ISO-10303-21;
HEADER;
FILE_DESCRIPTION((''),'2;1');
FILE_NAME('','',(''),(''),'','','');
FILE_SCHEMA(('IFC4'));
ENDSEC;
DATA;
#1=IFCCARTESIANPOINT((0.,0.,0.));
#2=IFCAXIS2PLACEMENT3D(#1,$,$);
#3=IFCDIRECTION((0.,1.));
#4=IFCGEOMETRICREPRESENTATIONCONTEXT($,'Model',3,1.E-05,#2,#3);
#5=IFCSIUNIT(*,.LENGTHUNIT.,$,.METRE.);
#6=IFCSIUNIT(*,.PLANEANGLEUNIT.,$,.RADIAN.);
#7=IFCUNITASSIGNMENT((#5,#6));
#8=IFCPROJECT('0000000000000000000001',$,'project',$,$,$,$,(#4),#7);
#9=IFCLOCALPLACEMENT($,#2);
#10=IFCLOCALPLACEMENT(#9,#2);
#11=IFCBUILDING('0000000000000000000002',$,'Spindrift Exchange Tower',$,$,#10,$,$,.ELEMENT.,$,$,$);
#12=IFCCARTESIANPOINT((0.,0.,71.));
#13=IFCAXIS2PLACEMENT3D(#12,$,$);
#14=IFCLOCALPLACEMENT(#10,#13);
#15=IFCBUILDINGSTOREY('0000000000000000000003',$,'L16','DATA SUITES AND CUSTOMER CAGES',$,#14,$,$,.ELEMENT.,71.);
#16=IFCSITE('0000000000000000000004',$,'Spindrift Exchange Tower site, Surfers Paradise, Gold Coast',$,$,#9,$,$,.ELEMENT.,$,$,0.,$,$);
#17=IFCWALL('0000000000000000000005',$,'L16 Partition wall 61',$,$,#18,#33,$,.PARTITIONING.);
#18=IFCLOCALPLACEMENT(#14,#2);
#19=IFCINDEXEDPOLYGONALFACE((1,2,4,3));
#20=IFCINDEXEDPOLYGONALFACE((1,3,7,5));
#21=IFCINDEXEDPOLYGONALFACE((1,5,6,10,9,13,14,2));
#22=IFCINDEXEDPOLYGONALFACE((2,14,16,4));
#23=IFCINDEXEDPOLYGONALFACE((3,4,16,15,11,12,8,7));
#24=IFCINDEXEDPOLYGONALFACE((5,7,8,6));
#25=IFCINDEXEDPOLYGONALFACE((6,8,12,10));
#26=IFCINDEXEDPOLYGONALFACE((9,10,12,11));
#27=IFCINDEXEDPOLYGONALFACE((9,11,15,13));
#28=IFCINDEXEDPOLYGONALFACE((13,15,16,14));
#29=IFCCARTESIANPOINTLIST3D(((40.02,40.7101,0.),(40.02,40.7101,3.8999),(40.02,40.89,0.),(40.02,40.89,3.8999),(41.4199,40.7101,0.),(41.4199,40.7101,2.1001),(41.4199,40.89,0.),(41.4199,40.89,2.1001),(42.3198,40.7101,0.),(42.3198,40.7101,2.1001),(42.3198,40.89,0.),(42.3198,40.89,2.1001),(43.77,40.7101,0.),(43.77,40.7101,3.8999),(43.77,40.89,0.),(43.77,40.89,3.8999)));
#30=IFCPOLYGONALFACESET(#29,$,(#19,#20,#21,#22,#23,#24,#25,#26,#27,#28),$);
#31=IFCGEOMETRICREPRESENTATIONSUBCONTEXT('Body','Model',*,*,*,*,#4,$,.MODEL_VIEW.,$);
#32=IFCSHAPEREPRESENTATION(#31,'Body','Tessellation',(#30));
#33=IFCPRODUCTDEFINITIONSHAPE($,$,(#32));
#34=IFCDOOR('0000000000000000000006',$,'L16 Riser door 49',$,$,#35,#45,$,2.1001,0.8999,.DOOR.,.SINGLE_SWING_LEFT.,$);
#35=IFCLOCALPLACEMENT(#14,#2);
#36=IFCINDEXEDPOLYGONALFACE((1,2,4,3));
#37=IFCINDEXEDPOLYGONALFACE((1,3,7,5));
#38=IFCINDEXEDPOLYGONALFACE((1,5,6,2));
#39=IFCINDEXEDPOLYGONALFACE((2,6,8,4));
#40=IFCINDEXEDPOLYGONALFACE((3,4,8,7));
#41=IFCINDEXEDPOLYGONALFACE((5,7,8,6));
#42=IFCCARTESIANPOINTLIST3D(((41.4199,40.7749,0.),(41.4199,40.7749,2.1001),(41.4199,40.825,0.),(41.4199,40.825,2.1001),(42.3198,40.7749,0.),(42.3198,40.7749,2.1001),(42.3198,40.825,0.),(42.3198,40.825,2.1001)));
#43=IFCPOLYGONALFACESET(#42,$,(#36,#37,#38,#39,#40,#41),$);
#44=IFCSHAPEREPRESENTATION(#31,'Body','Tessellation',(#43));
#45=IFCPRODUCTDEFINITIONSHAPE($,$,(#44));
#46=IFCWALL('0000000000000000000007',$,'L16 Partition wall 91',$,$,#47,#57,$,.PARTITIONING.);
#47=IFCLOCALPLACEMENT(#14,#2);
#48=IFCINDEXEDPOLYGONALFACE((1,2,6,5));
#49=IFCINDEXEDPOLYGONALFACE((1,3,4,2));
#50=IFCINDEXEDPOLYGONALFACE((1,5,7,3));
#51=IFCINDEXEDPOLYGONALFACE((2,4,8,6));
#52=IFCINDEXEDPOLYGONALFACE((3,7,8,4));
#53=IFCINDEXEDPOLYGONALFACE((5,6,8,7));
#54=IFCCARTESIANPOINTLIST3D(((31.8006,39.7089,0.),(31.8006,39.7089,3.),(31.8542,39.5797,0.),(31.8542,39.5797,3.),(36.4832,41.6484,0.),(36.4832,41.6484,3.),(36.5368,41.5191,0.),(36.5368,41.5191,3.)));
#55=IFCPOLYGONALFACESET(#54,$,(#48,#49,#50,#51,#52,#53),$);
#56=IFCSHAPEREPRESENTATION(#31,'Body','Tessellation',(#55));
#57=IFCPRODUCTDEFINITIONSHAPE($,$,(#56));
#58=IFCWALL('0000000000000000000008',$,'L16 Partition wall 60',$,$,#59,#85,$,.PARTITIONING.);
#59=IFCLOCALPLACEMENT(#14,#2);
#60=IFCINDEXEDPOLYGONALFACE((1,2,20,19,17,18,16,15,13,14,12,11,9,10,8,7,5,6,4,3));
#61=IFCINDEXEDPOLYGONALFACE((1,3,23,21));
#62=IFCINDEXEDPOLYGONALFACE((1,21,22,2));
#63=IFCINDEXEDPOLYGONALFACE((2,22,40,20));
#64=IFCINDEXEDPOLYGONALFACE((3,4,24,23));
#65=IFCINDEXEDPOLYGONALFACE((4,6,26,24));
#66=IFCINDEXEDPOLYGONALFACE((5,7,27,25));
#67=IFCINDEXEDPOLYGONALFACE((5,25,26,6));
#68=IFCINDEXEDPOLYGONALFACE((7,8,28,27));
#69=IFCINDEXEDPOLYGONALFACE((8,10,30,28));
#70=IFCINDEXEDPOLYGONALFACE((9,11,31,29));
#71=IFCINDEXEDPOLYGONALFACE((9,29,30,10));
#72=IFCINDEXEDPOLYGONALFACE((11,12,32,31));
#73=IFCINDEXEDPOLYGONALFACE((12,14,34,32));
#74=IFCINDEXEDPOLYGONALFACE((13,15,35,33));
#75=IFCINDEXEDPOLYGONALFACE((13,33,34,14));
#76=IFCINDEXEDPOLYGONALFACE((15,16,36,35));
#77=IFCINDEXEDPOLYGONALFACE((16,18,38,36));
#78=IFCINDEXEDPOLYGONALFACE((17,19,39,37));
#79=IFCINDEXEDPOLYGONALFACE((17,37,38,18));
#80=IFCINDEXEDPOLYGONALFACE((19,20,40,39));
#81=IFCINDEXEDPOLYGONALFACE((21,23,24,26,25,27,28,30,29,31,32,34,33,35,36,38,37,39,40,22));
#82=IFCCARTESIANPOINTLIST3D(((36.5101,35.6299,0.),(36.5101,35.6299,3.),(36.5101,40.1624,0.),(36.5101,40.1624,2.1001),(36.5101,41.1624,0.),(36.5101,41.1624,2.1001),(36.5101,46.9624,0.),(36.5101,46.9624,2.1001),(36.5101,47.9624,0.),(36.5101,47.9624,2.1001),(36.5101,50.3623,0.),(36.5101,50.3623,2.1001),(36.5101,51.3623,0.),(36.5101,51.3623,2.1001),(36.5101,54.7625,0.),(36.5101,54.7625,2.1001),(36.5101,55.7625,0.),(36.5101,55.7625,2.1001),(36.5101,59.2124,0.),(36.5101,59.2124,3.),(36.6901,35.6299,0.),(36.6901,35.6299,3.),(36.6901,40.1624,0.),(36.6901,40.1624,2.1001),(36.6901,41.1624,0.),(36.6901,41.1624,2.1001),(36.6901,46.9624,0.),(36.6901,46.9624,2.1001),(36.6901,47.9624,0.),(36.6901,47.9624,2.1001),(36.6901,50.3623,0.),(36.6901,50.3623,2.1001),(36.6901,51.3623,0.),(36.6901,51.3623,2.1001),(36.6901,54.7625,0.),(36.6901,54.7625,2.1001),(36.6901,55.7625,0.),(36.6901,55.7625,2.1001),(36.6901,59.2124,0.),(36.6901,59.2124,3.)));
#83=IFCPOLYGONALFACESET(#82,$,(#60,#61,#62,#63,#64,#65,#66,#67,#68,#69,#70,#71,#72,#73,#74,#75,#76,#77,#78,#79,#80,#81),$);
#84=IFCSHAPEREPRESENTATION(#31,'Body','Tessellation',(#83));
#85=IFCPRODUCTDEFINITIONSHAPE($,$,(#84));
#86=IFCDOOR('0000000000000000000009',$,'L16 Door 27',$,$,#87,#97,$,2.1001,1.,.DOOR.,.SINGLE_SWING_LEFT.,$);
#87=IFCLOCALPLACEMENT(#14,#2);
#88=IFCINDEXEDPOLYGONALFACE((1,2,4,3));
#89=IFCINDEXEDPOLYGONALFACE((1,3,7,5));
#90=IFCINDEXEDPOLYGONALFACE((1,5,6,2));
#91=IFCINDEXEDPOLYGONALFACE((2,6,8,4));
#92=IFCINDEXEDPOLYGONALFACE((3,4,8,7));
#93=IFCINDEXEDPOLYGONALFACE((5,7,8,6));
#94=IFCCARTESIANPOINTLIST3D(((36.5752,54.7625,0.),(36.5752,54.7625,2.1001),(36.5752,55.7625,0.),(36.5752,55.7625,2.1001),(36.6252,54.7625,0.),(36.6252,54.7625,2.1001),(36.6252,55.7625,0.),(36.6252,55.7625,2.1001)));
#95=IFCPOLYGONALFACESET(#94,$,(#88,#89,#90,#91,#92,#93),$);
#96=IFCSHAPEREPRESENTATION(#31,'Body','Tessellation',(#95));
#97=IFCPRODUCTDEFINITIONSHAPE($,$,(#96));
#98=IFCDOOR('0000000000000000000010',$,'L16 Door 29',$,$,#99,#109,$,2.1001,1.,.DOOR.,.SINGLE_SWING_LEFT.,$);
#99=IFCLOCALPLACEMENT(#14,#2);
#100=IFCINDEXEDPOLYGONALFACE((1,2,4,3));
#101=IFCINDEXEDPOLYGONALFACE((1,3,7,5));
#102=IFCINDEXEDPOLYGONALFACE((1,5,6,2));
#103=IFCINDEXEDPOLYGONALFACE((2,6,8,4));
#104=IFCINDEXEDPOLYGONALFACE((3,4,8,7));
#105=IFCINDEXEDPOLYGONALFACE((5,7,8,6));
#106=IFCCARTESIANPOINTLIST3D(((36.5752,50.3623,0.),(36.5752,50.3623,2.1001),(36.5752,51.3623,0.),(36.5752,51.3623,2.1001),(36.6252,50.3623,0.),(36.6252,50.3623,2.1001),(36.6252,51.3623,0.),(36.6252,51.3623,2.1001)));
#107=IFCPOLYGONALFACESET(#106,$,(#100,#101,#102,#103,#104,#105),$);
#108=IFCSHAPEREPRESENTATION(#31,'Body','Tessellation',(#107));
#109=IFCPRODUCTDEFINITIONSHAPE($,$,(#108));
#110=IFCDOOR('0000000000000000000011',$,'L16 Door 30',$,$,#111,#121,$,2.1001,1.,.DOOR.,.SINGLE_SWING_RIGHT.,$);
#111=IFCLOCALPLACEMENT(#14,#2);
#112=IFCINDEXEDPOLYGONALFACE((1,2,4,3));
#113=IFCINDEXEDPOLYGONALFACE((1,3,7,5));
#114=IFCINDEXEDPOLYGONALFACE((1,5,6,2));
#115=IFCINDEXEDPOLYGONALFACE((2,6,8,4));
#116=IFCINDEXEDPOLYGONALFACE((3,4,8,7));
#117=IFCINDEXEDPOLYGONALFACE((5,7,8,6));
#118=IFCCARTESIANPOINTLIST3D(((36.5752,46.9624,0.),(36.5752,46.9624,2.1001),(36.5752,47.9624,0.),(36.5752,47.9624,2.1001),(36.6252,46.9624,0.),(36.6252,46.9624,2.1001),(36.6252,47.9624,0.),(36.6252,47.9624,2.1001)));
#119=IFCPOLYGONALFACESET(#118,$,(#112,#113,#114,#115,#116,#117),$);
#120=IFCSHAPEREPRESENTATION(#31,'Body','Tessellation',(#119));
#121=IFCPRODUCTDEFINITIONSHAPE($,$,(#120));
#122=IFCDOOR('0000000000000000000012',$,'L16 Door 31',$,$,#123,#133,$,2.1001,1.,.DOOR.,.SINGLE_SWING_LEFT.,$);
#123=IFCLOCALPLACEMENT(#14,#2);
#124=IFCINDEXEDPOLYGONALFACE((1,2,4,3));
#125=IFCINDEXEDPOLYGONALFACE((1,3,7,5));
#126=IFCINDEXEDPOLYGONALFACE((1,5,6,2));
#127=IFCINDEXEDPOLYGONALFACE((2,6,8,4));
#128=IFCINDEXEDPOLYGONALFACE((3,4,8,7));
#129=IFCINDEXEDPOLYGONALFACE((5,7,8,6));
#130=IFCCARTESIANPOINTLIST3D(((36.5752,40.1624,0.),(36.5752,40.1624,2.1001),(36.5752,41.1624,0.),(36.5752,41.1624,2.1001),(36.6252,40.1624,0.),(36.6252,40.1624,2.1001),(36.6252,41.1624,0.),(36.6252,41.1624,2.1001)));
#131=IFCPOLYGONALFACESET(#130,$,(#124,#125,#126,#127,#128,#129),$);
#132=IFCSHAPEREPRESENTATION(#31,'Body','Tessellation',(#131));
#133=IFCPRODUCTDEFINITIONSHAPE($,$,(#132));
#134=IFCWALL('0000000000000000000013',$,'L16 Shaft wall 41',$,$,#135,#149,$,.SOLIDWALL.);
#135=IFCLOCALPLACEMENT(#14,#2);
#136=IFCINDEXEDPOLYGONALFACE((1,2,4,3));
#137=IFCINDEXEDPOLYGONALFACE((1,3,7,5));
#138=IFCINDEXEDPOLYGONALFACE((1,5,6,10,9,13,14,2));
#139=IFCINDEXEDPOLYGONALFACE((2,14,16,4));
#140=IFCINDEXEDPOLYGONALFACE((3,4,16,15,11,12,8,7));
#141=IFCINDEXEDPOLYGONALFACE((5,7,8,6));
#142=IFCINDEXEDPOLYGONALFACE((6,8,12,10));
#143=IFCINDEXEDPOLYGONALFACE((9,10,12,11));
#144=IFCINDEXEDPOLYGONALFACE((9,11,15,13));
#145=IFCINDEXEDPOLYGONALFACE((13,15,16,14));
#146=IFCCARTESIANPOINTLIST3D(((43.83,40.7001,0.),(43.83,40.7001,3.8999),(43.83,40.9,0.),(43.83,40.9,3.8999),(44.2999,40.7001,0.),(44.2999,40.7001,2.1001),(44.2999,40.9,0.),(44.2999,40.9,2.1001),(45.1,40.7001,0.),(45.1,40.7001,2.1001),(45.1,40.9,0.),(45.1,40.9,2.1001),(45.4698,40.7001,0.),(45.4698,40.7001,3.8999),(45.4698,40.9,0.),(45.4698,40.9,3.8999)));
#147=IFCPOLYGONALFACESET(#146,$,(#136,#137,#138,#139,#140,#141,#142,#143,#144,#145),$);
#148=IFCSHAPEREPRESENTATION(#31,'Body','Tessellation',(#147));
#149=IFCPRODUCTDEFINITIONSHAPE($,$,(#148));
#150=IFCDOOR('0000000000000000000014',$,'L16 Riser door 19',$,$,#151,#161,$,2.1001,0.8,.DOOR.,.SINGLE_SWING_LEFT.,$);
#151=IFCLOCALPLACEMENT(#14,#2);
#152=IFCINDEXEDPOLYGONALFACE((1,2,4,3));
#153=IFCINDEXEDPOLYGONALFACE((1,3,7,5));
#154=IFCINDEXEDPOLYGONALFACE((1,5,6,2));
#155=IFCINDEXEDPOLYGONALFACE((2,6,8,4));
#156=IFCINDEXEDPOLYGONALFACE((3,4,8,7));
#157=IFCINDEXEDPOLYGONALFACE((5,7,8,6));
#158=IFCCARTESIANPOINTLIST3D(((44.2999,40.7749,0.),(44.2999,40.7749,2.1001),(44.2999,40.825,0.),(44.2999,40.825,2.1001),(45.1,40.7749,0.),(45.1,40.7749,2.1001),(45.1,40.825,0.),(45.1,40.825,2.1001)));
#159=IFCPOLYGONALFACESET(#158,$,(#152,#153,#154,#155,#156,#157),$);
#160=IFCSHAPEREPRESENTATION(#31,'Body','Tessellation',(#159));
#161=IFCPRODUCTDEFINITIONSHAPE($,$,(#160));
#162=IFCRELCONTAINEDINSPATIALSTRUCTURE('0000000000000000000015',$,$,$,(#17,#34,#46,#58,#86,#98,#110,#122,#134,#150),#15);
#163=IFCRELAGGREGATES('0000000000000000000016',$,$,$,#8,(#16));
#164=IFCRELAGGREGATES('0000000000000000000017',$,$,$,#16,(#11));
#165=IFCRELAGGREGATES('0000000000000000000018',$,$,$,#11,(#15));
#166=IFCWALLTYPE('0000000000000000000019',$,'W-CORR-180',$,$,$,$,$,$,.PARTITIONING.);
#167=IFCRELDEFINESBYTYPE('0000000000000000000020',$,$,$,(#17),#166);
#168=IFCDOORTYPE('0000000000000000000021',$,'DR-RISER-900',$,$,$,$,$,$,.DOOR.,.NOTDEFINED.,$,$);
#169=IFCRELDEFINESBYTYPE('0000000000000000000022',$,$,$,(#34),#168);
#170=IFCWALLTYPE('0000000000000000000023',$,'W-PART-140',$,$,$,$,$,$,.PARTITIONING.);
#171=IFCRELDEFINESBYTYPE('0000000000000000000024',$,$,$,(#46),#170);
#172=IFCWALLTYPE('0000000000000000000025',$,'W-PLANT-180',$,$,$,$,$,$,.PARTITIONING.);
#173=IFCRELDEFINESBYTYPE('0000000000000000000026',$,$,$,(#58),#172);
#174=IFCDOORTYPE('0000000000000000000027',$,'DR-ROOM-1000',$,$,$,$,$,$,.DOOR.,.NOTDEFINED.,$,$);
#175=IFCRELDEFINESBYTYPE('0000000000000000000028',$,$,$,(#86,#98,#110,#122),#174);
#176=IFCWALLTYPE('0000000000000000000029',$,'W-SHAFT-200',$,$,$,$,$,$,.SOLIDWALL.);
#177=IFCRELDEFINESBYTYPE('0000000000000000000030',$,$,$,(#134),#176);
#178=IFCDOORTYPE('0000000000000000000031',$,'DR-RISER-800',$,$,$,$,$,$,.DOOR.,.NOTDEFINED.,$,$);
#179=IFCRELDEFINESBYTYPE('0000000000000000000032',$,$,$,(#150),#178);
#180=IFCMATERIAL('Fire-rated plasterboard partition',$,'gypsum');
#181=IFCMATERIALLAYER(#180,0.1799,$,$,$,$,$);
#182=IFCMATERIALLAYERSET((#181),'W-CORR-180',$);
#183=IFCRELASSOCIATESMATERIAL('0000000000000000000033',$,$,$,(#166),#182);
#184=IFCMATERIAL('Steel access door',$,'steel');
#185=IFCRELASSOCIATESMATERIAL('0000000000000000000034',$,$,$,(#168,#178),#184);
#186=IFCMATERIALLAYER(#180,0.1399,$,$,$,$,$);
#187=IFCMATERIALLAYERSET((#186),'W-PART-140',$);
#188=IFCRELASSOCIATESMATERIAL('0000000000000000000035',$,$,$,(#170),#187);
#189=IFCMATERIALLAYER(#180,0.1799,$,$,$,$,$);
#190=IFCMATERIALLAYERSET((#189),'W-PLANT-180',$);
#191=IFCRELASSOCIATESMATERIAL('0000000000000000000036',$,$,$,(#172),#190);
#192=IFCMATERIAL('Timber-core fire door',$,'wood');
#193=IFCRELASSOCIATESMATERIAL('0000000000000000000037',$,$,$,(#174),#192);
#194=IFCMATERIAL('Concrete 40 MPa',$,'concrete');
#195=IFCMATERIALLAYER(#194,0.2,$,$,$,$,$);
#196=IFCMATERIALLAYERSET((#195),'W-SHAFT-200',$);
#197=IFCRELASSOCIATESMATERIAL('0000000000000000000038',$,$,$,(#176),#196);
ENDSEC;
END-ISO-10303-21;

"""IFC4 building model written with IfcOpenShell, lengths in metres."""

from ifc_helpers import new_model, si_unit, direction, frame, frame_2d, origin, place, context, subcontext, project, spatial, rectangle, extrude, source, transform, mapped, material, layer, layer_set, type_object, element, fill, save


model = new_model("IFC4")

# Units and contexts
model_context = context("Model", 3, precision=1e-05, world=origin(), true_north=direction((0.0, 1.0)))
body_context = subcontext(model_context, "Body", "Model", "MODEL_VIEW")
ifc_project = project(units=[si_unit("LENGTHUNIT", "METRE"), si_unit("PLANEANGLEUNIT", "RADIAN")], contexts=[model_context])

# Site, building, storey
site_placement = place(None, origin())
site = spatial("IfcSite", under=ifc_project, at=site_placement, Name="Spindrift Exchange Tower site, Surfers Paradise, Gold Coast", CompositionType="ELEMENT", RefElevation=0.0)
building_placement = place(site_placement, origin())
building = spatial("IfcBuilding", under=site, at=building_placement, Name="Spindrift Exchange Tower", CompositionType="ELEMENT")
storey_placement = place(building_placement, frame((0.0, 0.0, 71.0)))
storey = spatial("IfcBuildingStorey", under=building, at=storey_placement, Name="L16", Description="DATA SUITES AND CUSTOMER CAGES", CompositionType="ELEMENT", Elevation=71.0)

# Wall, opening, door
ifc_material_1 = material(Name="Fire-rated plasterboard partition", Category="gypsum")
ifc_layer_1 = layer(ifc_material_1, 0.1799)
ifc_layer_set_1 = layer_set([ifc_layer_1], Name="W-CORR-180")
wall_type_1 = type_object("IfcWallType", Name="W-CORR-180", PredefinedType="PARTITIONING", material=ifc_layer_set_1)
wall_1_placement = place(storey_placement, frame((40.02, 40.8, 0.0), z_axis=(0.0, 0.0, 1.0), x_axis=(1.0, 0.0, 0.0)))
wall_1 = element("IfcWall", 1, at=wall_1_placement, inside=storey, type_object=wall_type_1, Name="L16 Partition wall 61", PredefinedType="PARTITIONING", context=body_context, shape_type="SweptSolid", body=[
    extrude(rectangle(XDim=3.75, YDim=0.1799, at=frame_2d((1.875, 0.0))), origin(), (0.0, 0.0, 1.0), 3.8999),
])
opening_1_placement = place(wall_1_placement, frame((1.3999, 0.0, 0.0)))
opening_1 = element("IfcOpeningElement", 2, at=opening_1_placement, cuts=wall_1, PredefinedType="OPENING", context=body_context, shape_type="SweptSolid", body=[
    extrude(rectangle(XDim=0.8999, YDim=2.1001, at=frame_2d((0.45, 1.05))), frame((0.0, 0.0999, 0.0), z_axis=(0.0, -1.0, 0.0), x_axis=(1.0, 0.0, 0.0)), (0.0, 0.0, 1.0), 0.2),
])
ifc_material_2 = material(Name="Steel access door", Category="steel")
door_type_1 = type_object("IfcDoorType", Name="DR-RISER-900", OperationType="NOTDEFINED", PredefinedType="DOOR", material=ifc_material_2)
shared_shape_1 = source(origin(), body_context, "Body", "SweptSolid", [
    extrude(rectangle(XDim=0.8999, YDim=2.1001, at=frame_2d((0.45, 1.05))), frame((0.0, 0.0249, 0.0), z_axis=(0.0, -1.0, 0.0), x_axis=(1.0, 0.0, 0.0)), (0.0, 0.0, 1.0), 0.05),
])
door_1_placement = place(opening_1_placement, origin())
door_1 = element("IfcDoor", 3, at=door_1_placement, inside=storey, type_object=door_type_1, Name="L16 Riser door 49", OperationType="SINGLE_SWING_LEFT", OverallHeight=2.1001, OverallWidth=0.8999, PredefinedType="DOOR", context=body_context, shape_type="MappedRepresentation", body=[
    mapped(shared_shape_1, transform((0.0, 0.0, 0.0), scale=1.0)),
])
fill(opening_1, door_1)

# Wall
ifc_layer_2 = layer(ifc_material_1, 0.1399)
ifc_layer_set_2 = layer_set([ifc_layer_2], Name="W-PART-140")
wall_type_2 = type_object("IfcWallType", Name="W-PART-140", PredefinedType="PARTITIONING", material=ifc_layer_set_2)
wall_2_placement = place(storey_placement, frame((36.51, 41.5837, 0.0), z_axis=(0.0, 0.0, 1.0), x_axis=(-0.92389, -0.382658, 0.0)))
element("IfcWall", 4, at=wall_2_placement, inside=storey, type_object=wall_type_2, Name="L16 Partition wall 91", PredefinedType="PARTITIONING", context=body_context, shape_type="SweptSolid", body=[
    extrude(rectangle(XDim=5.0684, YDim=0.1399, at=frame_2d((2.5342, 0.0))), origin(), (0.0, 0.0, 1.0), 3.0),
])

# Wall, openings, doors
ifc_layer_3 = layer(ifc_material_1, 0.1799)
ifc_layer_set_3 = layer_set([ifc_layer_3], Name="W-PLANT-180")
wall_type_3 = type_object("IfcWallType", Name="W-PLANT-180", PredefinedType="PARTITIONING", material=ifc_layer_set_3)
wall_3_placement = place(storey_placement, frame((36.6001, 35.6299, 0.0), z_axis=(0.0, 0.0, 1.0), x_axis=(0.0, 1.0, 0.0)))
wall_3 = element("IfcWall", 5, at=wall_3_placement, inside=storey, type_object=wall_type_3, Name="L16 Partition wall 60", PredefinedType="PARTITIONING", context=body_context, shape_type="SweptSolid", body=[
    extrude(rectangle(XDim=23.5825, YDim=0.1799, at=frame_2d((11.7913, 0.0))), origin(), (0.0, 0.0, 1.0), 3.0),
])
opening_2_placement = place(wall_3_placement, frame((19.1326, 0.0, 0.0)))
opening_2 = element("IfcOpeningElement", 6, at=opening_2_placement, cuts=wall_3, PredefinedType="OPENING", context=body_context, shape_type="SweptSolid", body=[
    extrude(rectangle(XDim=1.0, YDim=2.1001, at=frame_2d((0.5, 1.05))), frame((0.0, 0.0999, 0.0), z_axis=(0.0, -1.0, 0.0), x_axis=(1.0, 0.0, 0.0)), (0.0, 0.0, 1.0), 0.2),
])
opening_3_placement = place(wall_3_placement, frame((14.7324, 0.0, 0.0)))
opening_3 = element("IfcOpeningElement", 7, at=opening_3_placement, cuts=wall_3, PredefinedType="OPENING", context=body_context, shape_type="SweptSolid", body=[
    extrude(rectangle(XDim=1.0, YDim=2.1001, at=frame_2d((0.5, 1.05))), frame((0.0, 0.0999, 0.0), z_axis=(0.0, -1.0, 0.0), x_axis=(1.0, 0.0, 0.0)), (0.0, 0.0, 1.0), 0.2),
])
opening_4_placement = place(wall_3_placement, frame((11.3325, 0.0, 0.0)))
opening_4 = element("IfcOpeningElement", 8, at=opening_4_placement, cuts=wall_3, PredefinedType="OPENING", context=body_context, shape_type="SweptSolid", body=[
    extrude(rectangle(XDim=1.0, YDim=2.1001, at=frame_2d((0.5, 1.05))), frame((0.0, 0.0999, 0.0), z_axis=(0.0, -1.0, 0.0), x_axis=(1.0, 0.0, 0.0)), (0.0, 0.0, 1.0), 0.2),
])
opening_5_placement = place(wall_3_placement, frame((4.5325, 0.0, 0.0)))
opening_5 = element("IfcOpeningElement", 9, at=opening_5_placement, cuts=wall_3, PredefinedType="OPENING", context=body_context, shape_type="SweptSolid", body=[
    extrude(rectangle(XDim=1.0, YDim=2.1001, at=frame_2d((0.5, 1.05))), frame((0.0, 0.0999, 0.0), z_axis=(0.0, -1.0, 0.0), x_axis=(1.0, 0.0, 0.0)), (0.0, 0.0, 1.0), 0.2),
])
ifc_material_3 = material(Name="Timber-core fire door", Category="wood")
door_type_2 = type_object("IfcDoorType", Name="DR-ROOM-1000", OperationType="NOTDEFINED", PredefinedType="DOOR", material=ifc_material_3)
shared_shape_2 = source(origin(), body_context, "Body", "SweptSolid", [
    extrude(rectangle(XDim=1.0, YDim=2.1001, at=frame_2d((0.5, 1.05))), frame((0.0, 0.0249, 0.0), z_axis=(0.0, -1.0, 0.0), x_axis=(1.0, 0.0, 0.0)), (0.0, 0.0, 1.0), 0.05),
])
door_2_placement = place(opening_2_placement, origin())
door_2 = element("IfcDoor", 10, at=door_2_placement, inside=storey, type_object=door_type_2, Name="L16 Door 27", OperationType="SINGLE_SWING_LEFT", OverallHeight=2.1001, OverallWidth=1.0, PredefinedType="DOOR", context=body_context, shape_type="MappedRepresentation", body=[
    mapped(shared_shape_2, transform((0.0, 0.0, 0.0), scale=1.0)),
])
fill(opening_2, door_2)
door_3_placement = place(opening_3_placement, origin())
door_3 = element("IfcDoor", 11, at=door_3_placement, inside=storey, type_object=door_type_2, Name="L16 Door 29", OperationType="SINGLE_SWING_LEFT", OverallHeight=2.1001, OverallWidth=1.0, PredefinedType="DOOR", context=body_context, shape_type="MappedRepresentation", body=[
    mapped(shared_shape_2, transform((0.0, 0.0, 0.0), scale=1.0)),
])
fill(opening_3, door_3)
door_4_placement = place(opening_4_placement, origin())
door_4 = element("IfcDoor", 12, at=door_4_placement, inside=storey, type_object=door_type_2, Name="L16 Door 30", OperationType="SINGLE_SWING_RIGHT", OverallHeight=2.1001, OverallWidth=1.0, PredefinedType="DOOR", context=body_context, shape_type="MappedRepresentation", body=[
    mapped(shared_shape_2, transform((0.0, 0.0, 0.0), scale=1.0)),
])
fill(opening_4, door_4)
door_5_placement = place(opening_5_placement, origin())
door_5 = element("IfcDoor", 13, at=door_5_placement, inside=storey, type_object=door_type_2, Name="L16 Door 31", OperationType="SINGLE_SWING_LEFT", OverallHeight=2.1001, OverallWidth=1.0, PredefinedType="DOOR", context=body_context, shape_type="MappedRepresentation", body=[
    mapped(shared_shape_2, transform((0.0, 0.0, 0.0), scale=1.0)),
])
fill(opening_5, door_5)

# Wall, opening, door
ifc_material_4 = material(Name="Concrete 40 MPa", Category="concrete")
ifc_layer_4 = layer(ifc_material_4, 0.2)
ifc_layer_set_4 = layer_set([ifc_layer_4], Name="W-SHAFT-200")
wall_type_4 = type_object("IfcWallType", Name="W-SHAFT-200", PredefinedType="SOLIDWALL", material=ifc_layer_set_4)
wall_4_placement = place(storey_placement, frame((43.8301, 40.8, 0.0), z_axis=(0.0, 0.0, 1.0), x_axis=(1.0, 0.0, 0.0)))
wall_4 = element("IfcWall", 14, at=wall_4_placement, inside=storey, type_object=wall_type_4, Name="L16 Shaft wall 41", PredefinedType="SOLIDWALL", context=body_context, shape_type="SweptSolid", body=[
    extrude(rectangle(XDim=1.6399, YDim=0.2, at=frame_2d((0.8198, 0.0))), origin(), (0.0, 0.0, 1.0), 3.8999),
])
opening_6_placement = place(wall_4_placement, frame((0.47, 0.0, 0.0)))
opening_6 = element("IfcOpeningElement", 15, at=opening_6_placement, cuts=wall_4, PredefinedType="OPENING", context=body_context, shape_type="SweptSolid", body=[
    extrude(rectangle(XDim=0.8, YDim=2.1001, at=frame_2d((0.3999, 1.05))), frame((0.0, 0.1099, 0.0), z_axis=(0.0, -1.0, 0.0), x_axis=(1.0, 0.0, 0.0)), (0.0, 0.0, 1.0), 0.22),
])
door_type_3 = type_object("IfcDoorType", Name="DR-RISER-800", OperationType="NOTDEFINED", PredefinedType="DOOR", material=ifc_material_2)
shared_shape_3 = source(origin(), body_context, "Body", "SweptSolid", [
    extrude(rectangle(XDim=0.8, YDim=2.1001, at=frame_2d((0.3999, 1.05))), frame((0.0, 0.0249, 0.0), z_axis=(0.0, -1.0, 0.0), x_axis=(1.0, 0.0, 0.0)), (0.0, 0.0, 1.0), 0.05),
])
door_6_placement = place(opening_6_placement, origin())
door_6 = element("IfcDoor", 16, at=door_6_placement, inside=storey, type_object=door_type_3, Name="L16 Riser door 19", OperationType="SINGLE_SWING_LEFT", OverallHeight=2.1001, OverallWidth=0.8, PredefinedType="DOOR", context=body_context, shape_type="MappedRepresentation", body=[
    mapped(shared_shape_3, transform((0.0, 0.0, 0.0), scale=1.0)),
])
fill(opening_6, door_6)

save(model, "model.ifc")
